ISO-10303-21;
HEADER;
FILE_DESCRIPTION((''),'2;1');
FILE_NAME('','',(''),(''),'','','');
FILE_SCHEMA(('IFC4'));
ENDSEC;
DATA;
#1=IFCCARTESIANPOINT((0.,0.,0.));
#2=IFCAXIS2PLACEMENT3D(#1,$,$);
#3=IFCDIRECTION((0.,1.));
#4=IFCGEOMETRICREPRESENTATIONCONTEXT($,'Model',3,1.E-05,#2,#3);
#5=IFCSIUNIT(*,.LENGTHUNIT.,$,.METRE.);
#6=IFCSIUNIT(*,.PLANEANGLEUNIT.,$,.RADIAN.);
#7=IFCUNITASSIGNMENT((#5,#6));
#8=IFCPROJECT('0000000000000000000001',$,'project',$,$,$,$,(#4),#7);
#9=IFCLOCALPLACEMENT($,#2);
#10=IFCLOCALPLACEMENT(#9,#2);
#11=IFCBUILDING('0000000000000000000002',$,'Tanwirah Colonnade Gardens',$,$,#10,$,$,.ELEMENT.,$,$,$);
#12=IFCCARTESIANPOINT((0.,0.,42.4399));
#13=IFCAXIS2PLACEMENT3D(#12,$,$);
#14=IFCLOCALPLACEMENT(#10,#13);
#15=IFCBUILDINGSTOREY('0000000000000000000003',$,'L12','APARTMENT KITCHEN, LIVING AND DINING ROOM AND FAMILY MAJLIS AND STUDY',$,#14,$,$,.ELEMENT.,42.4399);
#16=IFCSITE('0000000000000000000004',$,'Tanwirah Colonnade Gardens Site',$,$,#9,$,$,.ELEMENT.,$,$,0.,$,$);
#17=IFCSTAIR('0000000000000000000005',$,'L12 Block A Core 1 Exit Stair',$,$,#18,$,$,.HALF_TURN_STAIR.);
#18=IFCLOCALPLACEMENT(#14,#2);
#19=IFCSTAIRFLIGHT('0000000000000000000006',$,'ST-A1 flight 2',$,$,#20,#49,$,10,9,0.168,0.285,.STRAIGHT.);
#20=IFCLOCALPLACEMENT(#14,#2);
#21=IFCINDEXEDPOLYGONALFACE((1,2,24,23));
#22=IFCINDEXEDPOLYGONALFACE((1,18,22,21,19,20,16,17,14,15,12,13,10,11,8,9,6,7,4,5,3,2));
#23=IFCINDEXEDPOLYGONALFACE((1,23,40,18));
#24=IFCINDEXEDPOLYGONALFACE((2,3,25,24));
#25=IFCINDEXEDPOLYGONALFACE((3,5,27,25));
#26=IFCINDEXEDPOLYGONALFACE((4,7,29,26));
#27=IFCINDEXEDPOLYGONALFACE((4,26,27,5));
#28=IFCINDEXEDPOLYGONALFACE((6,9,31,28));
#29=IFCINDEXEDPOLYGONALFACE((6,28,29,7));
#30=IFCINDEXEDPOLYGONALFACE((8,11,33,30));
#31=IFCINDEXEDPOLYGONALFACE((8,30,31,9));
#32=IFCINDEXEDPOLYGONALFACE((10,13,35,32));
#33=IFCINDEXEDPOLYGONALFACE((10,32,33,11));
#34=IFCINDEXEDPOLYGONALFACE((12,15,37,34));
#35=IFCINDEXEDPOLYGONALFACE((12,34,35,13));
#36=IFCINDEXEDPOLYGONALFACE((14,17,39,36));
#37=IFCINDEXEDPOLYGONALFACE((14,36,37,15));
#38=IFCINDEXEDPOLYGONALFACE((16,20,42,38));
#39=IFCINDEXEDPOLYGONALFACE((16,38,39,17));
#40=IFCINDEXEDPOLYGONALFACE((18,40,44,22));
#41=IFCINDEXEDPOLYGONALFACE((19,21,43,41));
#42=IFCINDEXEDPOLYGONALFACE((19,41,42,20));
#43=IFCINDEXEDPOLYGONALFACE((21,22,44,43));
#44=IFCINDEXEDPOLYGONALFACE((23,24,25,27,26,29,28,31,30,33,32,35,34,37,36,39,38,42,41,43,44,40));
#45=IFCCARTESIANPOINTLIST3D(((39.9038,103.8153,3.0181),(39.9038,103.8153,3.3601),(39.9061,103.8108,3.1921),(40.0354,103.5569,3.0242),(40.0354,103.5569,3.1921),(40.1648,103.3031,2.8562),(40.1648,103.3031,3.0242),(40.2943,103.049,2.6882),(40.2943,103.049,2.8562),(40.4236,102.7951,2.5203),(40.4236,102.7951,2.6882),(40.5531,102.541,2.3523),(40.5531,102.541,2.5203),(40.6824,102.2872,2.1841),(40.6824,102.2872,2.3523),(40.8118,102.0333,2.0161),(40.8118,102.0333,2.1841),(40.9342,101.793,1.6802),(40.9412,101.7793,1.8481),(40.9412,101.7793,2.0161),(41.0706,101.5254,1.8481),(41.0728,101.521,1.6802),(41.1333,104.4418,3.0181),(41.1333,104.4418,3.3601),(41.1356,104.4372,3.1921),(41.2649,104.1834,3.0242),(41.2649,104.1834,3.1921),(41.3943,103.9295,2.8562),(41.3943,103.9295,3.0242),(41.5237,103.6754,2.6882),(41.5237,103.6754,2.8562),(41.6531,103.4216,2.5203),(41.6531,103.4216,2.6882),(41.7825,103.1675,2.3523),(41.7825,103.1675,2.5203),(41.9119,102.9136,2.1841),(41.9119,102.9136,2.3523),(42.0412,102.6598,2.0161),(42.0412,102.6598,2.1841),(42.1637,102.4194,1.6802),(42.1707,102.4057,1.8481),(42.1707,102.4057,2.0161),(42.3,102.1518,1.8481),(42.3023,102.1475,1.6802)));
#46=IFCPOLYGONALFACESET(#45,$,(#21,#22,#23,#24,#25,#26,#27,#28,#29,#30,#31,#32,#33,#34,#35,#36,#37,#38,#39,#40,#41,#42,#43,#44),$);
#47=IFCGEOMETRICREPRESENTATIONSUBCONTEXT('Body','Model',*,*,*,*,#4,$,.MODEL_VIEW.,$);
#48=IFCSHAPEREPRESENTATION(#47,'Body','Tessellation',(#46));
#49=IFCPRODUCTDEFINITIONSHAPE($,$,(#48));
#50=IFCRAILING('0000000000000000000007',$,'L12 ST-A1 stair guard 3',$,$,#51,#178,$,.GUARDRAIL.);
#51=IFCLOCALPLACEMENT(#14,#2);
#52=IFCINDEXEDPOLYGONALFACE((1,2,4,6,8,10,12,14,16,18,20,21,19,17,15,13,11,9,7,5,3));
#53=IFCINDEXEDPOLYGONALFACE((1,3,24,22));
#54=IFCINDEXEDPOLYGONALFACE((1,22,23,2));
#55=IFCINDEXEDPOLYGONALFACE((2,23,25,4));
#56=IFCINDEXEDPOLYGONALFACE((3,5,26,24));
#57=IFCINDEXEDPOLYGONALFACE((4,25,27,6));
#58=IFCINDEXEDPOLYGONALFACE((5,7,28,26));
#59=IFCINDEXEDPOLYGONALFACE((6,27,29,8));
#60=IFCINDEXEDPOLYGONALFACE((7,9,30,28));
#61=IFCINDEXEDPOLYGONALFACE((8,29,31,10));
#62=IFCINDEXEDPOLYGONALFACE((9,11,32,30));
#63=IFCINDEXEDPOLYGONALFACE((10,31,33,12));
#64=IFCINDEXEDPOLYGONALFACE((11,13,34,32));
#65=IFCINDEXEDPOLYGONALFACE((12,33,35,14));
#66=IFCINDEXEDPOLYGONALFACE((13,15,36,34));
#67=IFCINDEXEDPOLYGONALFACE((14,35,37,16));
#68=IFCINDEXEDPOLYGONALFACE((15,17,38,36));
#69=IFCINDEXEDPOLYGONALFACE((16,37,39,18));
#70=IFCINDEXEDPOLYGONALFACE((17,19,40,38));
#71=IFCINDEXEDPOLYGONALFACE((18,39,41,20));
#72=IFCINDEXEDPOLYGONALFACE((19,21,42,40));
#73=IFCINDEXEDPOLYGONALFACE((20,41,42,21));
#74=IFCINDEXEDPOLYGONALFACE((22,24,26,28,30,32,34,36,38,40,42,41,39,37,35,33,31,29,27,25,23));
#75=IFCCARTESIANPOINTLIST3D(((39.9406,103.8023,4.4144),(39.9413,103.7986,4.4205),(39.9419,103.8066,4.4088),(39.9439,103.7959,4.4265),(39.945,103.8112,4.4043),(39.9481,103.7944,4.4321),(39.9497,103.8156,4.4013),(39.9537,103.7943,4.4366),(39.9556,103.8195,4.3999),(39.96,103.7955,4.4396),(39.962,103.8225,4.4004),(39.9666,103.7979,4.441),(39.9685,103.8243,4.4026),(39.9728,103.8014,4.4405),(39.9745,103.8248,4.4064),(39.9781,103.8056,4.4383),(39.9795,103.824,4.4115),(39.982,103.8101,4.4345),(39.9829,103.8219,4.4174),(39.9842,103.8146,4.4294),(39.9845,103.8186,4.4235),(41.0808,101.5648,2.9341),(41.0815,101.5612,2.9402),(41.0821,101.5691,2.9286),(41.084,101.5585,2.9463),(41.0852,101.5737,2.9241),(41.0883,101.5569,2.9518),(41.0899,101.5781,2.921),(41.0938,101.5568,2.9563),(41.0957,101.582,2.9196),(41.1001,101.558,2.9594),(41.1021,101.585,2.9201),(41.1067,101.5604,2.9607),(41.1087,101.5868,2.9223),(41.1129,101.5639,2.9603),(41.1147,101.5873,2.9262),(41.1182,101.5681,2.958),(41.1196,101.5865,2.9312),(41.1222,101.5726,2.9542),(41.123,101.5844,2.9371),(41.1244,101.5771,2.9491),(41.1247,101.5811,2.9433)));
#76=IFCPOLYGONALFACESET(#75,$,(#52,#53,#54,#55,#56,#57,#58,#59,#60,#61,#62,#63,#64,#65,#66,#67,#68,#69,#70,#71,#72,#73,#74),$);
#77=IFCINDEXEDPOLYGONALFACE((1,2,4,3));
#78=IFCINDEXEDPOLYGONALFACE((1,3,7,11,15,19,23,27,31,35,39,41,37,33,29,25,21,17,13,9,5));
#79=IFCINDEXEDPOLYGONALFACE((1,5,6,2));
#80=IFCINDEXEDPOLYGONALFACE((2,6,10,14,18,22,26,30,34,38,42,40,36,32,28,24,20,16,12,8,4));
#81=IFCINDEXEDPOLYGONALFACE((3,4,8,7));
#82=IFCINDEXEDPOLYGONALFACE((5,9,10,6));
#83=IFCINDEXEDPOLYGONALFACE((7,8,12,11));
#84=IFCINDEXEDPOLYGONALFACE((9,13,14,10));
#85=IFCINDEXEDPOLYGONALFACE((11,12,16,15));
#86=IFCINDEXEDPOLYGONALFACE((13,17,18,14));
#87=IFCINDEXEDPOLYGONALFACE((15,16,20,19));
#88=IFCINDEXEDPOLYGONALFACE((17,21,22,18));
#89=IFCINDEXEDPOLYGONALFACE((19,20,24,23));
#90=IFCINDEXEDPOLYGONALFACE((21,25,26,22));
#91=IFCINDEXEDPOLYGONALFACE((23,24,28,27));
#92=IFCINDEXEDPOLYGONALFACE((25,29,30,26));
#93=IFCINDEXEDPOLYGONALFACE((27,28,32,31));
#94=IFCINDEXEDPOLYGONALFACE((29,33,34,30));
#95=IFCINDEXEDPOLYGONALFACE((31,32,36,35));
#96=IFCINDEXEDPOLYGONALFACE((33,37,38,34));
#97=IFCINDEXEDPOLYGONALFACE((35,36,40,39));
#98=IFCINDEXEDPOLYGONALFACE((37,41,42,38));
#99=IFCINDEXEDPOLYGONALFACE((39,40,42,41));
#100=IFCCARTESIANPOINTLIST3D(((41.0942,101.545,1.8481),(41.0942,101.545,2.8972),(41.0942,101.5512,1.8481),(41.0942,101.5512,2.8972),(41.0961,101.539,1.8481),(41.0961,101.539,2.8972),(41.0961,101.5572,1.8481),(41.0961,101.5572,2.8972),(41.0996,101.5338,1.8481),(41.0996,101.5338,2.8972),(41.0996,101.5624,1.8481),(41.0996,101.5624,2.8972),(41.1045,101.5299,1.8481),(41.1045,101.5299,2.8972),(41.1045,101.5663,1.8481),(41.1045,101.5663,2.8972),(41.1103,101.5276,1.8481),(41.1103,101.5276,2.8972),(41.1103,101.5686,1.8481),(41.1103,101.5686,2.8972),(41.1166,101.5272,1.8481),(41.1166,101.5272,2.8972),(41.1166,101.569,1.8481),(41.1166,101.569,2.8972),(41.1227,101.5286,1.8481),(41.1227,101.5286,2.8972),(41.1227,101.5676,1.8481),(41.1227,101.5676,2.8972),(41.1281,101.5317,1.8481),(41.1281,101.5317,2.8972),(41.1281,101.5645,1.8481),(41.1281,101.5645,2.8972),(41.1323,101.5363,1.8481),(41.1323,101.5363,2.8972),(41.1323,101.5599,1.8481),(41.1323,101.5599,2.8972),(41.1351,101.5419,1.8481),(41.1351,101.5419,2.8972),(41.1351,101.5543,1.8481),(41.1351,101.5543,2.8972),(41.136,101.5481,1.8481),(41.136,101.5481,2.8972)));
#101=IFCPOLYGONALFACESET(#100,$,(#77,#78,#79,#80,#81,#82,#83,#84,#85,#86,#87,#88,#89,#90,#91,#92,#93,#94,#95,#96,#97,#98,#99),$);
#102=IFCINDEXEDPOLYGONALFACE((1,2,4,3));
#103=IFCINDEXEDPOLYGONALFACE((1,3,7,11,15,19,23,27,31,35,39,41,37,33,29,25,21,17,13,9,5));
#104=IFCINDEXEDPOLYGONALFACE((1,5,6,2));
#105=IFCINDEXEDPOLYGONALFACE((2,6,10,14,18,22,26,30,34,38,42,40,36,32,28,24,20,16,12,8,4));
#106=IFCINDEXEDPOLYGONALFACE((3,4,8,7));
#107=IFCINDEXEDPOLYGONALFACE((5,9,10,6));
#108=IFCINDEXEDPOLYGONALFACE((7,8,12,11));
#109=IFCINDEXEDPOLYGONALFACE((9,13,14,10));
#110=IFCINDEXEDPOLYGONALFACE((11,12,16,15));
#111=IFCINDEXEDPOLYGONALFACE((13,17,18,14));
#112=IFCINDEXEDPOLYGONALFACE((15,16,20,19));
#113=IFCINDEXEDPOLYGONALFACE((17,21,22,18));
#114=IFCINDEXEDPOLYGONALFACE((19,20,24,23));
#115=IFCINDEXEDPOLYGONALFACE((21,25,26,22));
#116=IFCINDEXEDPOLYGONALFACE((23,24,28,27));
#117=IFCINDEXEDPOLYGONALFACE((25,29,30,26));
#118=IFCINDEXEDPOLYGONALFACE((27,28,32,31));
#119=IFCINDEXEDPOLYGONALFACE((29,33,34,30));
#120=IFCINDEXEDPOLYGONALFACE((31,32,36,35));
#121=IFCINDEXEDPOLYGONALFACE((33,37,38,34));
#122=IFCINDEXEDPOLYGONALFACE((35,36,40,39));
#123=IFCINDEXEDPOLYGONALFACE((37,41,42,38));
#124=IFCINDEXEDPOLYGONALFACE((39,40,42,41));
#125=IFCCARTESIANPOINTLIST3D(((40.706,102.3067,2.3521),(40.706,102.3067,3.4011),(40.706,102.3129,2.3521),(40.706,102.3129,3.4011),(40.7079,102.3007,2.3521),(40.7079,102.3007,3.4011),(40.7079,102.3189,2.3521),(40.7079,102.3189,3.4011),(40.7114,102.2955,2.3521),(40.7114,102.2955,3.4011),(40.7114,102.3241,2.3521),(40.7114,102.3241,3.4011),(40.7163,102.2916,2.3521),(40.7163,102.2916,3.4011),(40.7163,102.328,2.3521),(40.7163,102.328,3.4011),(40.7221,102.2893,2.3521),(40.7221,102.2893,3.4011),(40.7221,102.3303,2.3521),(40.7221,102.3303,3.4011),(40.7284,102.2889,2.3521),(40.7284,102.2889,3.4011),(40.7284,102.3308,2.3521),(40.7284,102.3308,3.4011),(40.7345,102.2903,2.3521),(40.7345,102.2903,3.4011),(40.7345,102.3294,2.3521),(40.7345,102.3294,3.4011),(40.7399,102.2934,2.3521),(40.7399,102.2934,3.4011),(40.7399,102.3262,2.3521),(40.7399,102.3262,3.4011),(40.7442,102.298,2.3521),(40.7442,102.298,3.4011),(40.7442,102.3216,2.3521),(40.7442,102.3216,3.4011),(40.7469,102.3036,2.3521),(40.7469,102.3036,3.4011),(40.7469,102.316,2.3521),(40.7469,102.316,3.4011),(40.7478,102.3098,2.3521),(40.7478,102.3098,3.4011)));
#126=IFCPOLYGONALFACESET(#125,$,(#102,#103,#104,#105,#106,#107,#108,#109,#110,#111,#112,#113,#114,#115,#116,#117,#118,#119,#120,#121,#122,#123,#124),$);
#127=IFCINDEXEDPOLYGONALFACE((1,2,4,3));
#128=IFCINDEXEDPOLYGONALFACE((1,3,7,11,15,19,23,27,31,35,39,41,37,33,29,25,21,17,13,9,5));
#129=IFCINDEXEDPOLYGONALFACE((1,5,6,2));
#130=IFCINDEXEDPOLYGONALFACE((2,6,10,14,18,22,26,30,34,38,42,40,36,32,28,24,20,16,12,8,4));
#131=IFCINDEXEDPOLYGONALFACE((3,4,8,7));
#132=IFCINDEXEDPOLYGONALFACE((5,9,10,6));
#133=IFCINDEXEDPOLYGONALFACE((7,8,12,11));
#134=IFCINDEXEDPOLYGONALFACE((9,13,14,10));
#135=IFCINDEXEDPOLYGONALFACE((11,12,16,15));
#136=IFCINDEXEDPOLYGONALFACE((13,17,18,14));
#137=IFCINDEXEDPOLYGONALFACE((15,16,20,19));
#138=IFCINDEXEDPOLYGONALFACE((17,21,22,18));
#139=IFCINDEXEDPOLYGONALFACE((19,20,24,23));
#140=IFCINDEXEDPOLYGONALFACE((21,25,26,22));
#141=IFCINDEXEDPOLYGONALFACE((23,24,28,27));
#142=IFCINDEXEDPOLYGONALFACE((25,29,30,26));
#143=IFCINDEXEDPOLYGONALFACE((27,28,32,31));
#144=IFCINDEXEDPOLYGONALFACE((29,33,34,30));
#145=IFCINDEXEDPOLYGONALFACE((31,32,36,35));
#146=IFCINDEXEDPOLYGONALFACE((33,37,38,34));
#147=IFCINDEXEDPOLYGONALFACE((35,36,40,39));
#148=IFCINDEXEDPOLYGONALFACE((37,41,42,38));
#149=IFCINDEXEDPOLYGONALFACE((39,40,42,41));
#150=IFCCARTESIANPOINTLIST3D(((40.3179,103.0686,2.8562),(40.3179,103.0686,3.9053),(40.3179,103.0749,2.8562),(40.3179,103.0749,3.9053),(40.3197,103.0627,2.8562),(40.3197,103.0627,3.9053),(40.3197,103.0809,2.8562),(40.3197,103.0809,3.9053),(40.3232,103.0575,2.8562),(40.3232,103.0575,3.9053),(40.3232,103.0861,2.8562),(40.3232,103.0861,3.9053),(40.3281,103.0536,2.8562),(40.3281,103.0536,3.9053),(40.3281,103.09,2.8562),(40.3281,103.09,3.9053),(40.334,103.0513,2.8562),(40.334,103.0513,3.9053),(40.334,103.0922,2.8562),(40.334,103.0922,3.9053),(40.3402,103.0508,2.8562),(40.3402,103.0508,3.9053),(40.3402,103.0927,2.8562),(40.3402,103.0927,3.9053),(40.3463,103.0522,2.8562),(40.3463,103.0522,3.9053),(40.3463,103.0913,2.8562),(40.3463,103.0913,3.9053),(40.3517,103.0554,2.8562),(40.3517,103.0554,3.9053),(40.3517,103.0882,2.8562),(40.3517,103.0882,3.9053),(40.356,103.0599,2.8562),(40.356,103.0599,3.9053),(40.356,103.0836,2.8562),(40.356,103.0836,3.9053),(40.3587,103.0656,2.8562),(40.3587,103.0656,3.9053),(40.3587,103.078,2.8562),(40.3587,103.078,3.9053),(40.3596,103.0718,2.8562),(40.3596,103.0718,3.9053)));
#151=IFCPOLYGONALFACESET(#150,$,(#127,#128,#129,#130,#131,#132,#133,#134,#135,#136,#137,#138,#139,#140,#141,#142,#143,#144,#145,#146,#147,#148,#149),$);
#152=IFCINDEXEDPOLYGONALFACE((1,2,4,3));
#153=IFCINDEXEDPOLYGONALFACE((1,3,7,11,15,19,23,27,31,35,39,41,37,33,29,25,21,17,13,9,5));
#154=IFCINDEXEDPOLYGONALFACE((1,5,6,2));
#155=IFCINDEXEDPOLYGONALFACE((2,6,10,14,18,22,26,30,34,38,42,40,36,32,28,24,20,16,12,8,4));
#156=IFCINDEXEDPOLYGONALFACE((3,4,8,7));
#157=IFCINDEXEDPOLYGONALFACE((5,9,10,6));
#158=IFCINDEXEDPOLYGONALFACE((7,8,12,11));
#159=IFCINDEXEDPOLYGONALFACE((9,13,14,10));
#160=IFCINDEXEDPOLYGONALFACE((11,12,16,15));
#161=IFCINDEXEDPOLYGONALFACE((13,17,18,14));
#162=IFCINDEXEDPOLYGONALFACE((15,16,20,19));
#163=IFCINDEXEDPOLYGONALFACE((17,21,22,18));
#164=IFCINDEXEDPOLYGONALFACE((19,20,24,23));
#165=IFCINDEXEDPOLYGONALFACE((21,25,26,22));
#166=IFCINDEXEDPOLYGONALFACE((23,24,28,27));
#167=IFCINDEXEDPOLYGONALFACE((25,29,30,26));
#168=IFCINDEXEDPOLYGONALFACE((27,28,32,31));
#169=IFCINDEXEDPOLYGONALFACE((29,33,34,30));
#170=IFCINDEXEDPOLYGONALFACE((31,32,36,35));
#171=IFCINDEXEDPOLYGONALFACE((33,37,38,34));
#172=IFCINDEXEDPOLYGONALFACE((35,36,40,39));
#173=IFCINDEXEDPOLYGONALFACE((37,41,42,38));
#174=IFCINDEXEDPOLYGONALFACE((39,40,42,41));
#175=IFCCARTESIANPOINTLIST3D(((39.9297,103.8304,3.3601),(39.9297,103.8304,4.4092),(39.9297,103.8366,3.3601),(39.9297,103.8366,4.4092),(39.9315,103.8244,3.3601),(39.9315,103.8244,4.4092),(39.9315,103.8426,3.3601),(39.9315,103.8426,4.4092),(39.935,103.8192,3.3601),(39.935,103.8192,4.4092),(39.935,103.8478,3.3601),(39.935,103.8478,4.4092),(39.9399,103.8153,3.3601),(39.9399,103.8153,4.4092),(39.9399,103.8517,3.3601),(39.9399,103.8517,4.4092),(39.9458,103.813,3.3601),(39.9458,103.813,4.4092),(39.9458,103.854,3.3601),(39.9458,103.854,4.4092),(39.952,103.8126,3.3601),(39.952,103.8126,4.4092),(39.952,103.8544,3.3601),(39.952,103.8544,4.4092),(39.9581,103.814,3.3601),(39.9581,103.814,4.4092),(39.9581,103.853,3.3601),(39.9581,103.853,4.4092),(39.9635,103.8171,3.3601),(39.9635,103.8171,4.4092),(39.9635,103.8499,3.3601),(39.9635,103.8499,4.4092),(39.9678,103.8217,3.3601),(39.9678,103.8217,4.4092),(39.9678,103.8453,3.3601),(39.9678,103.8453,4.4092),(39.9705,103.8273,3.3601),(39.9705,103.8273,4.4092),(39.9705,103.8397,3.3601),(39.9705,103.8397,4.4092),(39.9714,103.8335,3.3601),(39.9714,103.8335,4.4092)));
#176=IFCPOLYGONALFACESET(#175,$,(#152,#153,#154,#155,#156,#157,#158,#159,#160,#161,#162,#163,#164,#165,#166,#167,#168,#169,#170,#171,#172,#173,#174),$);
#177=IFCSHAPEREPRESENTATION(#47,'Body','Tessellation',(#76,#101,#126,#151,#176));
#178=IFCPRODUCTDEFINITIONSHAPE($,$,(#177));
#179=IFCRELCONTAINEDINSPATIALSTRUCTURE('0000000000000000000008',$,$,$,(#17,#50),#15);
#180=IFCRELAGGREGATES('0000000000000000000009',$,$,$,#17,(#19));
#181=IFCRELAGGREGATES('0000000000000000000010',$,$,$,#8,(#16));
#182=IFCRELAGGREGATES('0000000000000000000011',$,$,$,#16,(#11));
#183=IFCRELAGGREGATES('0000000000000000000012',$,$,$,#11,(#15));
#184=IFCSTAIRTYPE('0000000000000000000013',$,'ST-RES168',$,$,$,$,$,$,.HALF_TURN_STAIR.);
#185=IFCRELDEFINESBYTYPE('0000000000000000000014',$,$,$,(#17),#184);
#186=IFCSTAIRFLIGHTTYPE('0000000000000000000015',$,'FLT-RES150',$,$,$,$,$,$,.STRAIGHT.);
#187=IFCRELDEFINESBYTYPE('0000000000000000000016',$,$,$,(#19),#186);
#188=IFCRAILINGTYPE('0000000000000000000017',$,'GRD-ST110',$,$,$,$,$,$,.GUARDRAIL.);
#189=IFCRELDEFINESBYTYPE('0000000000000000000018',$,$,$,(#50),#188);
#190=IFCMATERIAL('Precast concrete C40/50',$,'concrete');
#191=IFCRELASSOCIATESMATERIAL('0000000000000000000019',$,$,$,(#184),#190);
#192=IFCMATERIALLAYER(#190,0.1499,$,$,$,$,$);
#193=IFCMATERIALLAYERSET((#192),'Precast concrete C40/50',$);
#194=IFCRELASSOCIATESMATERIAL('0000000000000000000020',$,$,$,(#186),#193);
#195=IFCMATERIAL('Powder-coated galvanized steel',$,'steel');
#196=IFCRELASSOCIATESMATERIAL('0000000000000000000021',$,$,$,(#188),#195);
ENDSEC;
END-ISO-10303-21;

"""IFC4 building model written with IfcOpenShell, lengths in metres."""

from ifc_helpers import new_model, si_unit, direction, frame, origin, origin_2d, place, context, subcontext, project, spatial, polyline, circle, outline, extrude, material, layer, layer_set, type_object, element, aggregate, save


model = new_model("IFC4")

# Units and contexts
model_context = context("Model", 3, precision=1e-05, world=origin(), true_north=direction((0.0, 1.0)))
body_context = subcontext(model_context, "Body", "Model", "MODEL_VIEW")
ifc_project = project(units=[si_unit("LENGTHUNIT", "METRE"), si_unit("PLANEANGLEUNIT", "RADIAN")], contexts=[model_context])

# Site, building, storey
site_placement = place(None, origin())
site = spatial("IfcSite", under=ifc_project, at=site_placement, Name="Tanwirah Colonnade Gardens Site", CompositionType="ELEMENT", RefElevation=0.0)
building_placement = place(site_placement, origin())
building = spatial("IfcBuilding", under=site, at=building_placement, Name="Tanwirah Colonnade Gardens", CompositionType="ELEMENT")
storey_placement = place(building_placement, frame((0.0, 0.0, 42.4399)))
storey = spatial("IfcBuildingStorey", under=building, at=storey_placement, Name="L12", Description="APARTMENT KITCHEN, LIVING AND DINING ROOM AND FAMILY MAJLIS AND STUDY", CompositionType="ELEMENT", Elevation=42.4399)

# Shared definitions
ifc_material_1 = material(Name="Precast concrete C40/50", Category="concrete")

# Stair, stair flight
stair_type = type_object("IfcStairType", Name="ST-RES168", PredefinedType="HALF_TURN_STAIR", material=ifc_material_1)
stair_placement = place(storey_placement, origin())
stair = element("IfcStair", 1, at=stair_placement, inside=storey, type_object=stair_type, Name="L12 Block A Core 1 Exit Stair", PredefinedType="HALF_TURN_STAIR")
ifc_layer_1 = layer(ifc_material_1, 0.1499)
ifc_layer_set_1 = layer_set([ifc_layer_1], Name="Precast concrete C40/50")
stair_flight_type = type_object("IfcStairFlightType", Name="FLT-RES150", PredefinedType="STRAIGHT", material=ifc_layer_set_1)
stair_flight_placement = place(storey_placement, frame((41.6853, 101.8386, 1.6802), z_axis=(0.0, 0.0, 1.0), x_axis=(-0.45399, 0.891007, 0.0)))
stair_flight = element("IfcStairFlight", 2, at=stair_flight_placement, type_object=stair_flight_type, Name="ST-A1 flight 2", NumberOfRisers=10, NumberOfTreads=9, PredefinedType="STRAIGHT", RiserHeight=0.168, TreadLength=0.285, context=body_context, shape_type="SweptSolid", body=[
    extrude(outline(polyline([(-0.0049, 0.0), (0.0, 0.168), (0.2849, 0.168), (0.2849, 0.3359), (0.5701, 0.3359), (0.5701, 0.5039), (0.855, 0.5039), (0.855, 0.6721), (1.1399, 0.6721), (1.1399, 0.8401), (1.425, 0.8401), (1.425, 1.0081), (1.71, 1.0081), (1.71, 1.176), (1.9951, 1.176), (1.9951, 1.344), (2.28, 1.344), (2.28, 1.512), (2.5649, 1.512), (2.5701, 1.6799), (2.5701, 1.3379), (0.3003, 0.0), (-0.0049, 0.0)])), frame((0.0, 0.6899, 0.0), z_axis=(0.0, -1.0, 0.0), x_axis=(1.0, 0.0, 0.0)), (0.0, 0.0, 1.0), 1.3799),
])
aggregate(stair, [stair_flight])

# Railing
ifc_material_2 = material(Name="Powder-coated galvanized steel", Category="steel")
railing_type_1 = type_object("IfcRailingType", Name="GRD-ST110", PredefinedType="GUARDRAIL", material=ifc_material_2)
railing_1_placement = place(storey_placement, frame((41.115, 101.5481, 1.8481)))
element("IfcRailing", 3, at=railing_1_placement, inside=storey, type_object=railing_type_1, Name="L12 ST-A1 stair guard 3", PredefinedType="GUARDRAIL", context=body_context, shape_type="SweptSolid", body=[
    extrude(circle(Radius=0.0239, at=origin_2d()), frame((-0.0122, 0.0239, 1.092), z_axis=(-0.391122, 0.767567, 0.507803), x_axis=(-0.890994, -0.454016, 0.0)), (0.0, 0.0, 1.0), 2.915),
    extrude(circle(Radius=0.021, at=origin_2d()), origin(), (0.0, 0.0, 1.0), 1.0491),
    extrude(circle(Radius=0.021, at=origin_2d()), frame((-0.3882, 0.7617, 0.5039)), (0.0, 0.0, 1.0), 1.0491),
    extrude(circle(Radius=0.021, at=origin_2d()), frame((-0.7764, 1.5237, 1.0081)), (0.0, 0.0, 1.0), 1.0491),
    extrude(circle(Radius=0.021, at=origin_2d()), frame((-1.1646, 2.2854, 1.512)), (0.0, 0.0, 1.0), 1.0491),
])

save(model, "model.ifc")
